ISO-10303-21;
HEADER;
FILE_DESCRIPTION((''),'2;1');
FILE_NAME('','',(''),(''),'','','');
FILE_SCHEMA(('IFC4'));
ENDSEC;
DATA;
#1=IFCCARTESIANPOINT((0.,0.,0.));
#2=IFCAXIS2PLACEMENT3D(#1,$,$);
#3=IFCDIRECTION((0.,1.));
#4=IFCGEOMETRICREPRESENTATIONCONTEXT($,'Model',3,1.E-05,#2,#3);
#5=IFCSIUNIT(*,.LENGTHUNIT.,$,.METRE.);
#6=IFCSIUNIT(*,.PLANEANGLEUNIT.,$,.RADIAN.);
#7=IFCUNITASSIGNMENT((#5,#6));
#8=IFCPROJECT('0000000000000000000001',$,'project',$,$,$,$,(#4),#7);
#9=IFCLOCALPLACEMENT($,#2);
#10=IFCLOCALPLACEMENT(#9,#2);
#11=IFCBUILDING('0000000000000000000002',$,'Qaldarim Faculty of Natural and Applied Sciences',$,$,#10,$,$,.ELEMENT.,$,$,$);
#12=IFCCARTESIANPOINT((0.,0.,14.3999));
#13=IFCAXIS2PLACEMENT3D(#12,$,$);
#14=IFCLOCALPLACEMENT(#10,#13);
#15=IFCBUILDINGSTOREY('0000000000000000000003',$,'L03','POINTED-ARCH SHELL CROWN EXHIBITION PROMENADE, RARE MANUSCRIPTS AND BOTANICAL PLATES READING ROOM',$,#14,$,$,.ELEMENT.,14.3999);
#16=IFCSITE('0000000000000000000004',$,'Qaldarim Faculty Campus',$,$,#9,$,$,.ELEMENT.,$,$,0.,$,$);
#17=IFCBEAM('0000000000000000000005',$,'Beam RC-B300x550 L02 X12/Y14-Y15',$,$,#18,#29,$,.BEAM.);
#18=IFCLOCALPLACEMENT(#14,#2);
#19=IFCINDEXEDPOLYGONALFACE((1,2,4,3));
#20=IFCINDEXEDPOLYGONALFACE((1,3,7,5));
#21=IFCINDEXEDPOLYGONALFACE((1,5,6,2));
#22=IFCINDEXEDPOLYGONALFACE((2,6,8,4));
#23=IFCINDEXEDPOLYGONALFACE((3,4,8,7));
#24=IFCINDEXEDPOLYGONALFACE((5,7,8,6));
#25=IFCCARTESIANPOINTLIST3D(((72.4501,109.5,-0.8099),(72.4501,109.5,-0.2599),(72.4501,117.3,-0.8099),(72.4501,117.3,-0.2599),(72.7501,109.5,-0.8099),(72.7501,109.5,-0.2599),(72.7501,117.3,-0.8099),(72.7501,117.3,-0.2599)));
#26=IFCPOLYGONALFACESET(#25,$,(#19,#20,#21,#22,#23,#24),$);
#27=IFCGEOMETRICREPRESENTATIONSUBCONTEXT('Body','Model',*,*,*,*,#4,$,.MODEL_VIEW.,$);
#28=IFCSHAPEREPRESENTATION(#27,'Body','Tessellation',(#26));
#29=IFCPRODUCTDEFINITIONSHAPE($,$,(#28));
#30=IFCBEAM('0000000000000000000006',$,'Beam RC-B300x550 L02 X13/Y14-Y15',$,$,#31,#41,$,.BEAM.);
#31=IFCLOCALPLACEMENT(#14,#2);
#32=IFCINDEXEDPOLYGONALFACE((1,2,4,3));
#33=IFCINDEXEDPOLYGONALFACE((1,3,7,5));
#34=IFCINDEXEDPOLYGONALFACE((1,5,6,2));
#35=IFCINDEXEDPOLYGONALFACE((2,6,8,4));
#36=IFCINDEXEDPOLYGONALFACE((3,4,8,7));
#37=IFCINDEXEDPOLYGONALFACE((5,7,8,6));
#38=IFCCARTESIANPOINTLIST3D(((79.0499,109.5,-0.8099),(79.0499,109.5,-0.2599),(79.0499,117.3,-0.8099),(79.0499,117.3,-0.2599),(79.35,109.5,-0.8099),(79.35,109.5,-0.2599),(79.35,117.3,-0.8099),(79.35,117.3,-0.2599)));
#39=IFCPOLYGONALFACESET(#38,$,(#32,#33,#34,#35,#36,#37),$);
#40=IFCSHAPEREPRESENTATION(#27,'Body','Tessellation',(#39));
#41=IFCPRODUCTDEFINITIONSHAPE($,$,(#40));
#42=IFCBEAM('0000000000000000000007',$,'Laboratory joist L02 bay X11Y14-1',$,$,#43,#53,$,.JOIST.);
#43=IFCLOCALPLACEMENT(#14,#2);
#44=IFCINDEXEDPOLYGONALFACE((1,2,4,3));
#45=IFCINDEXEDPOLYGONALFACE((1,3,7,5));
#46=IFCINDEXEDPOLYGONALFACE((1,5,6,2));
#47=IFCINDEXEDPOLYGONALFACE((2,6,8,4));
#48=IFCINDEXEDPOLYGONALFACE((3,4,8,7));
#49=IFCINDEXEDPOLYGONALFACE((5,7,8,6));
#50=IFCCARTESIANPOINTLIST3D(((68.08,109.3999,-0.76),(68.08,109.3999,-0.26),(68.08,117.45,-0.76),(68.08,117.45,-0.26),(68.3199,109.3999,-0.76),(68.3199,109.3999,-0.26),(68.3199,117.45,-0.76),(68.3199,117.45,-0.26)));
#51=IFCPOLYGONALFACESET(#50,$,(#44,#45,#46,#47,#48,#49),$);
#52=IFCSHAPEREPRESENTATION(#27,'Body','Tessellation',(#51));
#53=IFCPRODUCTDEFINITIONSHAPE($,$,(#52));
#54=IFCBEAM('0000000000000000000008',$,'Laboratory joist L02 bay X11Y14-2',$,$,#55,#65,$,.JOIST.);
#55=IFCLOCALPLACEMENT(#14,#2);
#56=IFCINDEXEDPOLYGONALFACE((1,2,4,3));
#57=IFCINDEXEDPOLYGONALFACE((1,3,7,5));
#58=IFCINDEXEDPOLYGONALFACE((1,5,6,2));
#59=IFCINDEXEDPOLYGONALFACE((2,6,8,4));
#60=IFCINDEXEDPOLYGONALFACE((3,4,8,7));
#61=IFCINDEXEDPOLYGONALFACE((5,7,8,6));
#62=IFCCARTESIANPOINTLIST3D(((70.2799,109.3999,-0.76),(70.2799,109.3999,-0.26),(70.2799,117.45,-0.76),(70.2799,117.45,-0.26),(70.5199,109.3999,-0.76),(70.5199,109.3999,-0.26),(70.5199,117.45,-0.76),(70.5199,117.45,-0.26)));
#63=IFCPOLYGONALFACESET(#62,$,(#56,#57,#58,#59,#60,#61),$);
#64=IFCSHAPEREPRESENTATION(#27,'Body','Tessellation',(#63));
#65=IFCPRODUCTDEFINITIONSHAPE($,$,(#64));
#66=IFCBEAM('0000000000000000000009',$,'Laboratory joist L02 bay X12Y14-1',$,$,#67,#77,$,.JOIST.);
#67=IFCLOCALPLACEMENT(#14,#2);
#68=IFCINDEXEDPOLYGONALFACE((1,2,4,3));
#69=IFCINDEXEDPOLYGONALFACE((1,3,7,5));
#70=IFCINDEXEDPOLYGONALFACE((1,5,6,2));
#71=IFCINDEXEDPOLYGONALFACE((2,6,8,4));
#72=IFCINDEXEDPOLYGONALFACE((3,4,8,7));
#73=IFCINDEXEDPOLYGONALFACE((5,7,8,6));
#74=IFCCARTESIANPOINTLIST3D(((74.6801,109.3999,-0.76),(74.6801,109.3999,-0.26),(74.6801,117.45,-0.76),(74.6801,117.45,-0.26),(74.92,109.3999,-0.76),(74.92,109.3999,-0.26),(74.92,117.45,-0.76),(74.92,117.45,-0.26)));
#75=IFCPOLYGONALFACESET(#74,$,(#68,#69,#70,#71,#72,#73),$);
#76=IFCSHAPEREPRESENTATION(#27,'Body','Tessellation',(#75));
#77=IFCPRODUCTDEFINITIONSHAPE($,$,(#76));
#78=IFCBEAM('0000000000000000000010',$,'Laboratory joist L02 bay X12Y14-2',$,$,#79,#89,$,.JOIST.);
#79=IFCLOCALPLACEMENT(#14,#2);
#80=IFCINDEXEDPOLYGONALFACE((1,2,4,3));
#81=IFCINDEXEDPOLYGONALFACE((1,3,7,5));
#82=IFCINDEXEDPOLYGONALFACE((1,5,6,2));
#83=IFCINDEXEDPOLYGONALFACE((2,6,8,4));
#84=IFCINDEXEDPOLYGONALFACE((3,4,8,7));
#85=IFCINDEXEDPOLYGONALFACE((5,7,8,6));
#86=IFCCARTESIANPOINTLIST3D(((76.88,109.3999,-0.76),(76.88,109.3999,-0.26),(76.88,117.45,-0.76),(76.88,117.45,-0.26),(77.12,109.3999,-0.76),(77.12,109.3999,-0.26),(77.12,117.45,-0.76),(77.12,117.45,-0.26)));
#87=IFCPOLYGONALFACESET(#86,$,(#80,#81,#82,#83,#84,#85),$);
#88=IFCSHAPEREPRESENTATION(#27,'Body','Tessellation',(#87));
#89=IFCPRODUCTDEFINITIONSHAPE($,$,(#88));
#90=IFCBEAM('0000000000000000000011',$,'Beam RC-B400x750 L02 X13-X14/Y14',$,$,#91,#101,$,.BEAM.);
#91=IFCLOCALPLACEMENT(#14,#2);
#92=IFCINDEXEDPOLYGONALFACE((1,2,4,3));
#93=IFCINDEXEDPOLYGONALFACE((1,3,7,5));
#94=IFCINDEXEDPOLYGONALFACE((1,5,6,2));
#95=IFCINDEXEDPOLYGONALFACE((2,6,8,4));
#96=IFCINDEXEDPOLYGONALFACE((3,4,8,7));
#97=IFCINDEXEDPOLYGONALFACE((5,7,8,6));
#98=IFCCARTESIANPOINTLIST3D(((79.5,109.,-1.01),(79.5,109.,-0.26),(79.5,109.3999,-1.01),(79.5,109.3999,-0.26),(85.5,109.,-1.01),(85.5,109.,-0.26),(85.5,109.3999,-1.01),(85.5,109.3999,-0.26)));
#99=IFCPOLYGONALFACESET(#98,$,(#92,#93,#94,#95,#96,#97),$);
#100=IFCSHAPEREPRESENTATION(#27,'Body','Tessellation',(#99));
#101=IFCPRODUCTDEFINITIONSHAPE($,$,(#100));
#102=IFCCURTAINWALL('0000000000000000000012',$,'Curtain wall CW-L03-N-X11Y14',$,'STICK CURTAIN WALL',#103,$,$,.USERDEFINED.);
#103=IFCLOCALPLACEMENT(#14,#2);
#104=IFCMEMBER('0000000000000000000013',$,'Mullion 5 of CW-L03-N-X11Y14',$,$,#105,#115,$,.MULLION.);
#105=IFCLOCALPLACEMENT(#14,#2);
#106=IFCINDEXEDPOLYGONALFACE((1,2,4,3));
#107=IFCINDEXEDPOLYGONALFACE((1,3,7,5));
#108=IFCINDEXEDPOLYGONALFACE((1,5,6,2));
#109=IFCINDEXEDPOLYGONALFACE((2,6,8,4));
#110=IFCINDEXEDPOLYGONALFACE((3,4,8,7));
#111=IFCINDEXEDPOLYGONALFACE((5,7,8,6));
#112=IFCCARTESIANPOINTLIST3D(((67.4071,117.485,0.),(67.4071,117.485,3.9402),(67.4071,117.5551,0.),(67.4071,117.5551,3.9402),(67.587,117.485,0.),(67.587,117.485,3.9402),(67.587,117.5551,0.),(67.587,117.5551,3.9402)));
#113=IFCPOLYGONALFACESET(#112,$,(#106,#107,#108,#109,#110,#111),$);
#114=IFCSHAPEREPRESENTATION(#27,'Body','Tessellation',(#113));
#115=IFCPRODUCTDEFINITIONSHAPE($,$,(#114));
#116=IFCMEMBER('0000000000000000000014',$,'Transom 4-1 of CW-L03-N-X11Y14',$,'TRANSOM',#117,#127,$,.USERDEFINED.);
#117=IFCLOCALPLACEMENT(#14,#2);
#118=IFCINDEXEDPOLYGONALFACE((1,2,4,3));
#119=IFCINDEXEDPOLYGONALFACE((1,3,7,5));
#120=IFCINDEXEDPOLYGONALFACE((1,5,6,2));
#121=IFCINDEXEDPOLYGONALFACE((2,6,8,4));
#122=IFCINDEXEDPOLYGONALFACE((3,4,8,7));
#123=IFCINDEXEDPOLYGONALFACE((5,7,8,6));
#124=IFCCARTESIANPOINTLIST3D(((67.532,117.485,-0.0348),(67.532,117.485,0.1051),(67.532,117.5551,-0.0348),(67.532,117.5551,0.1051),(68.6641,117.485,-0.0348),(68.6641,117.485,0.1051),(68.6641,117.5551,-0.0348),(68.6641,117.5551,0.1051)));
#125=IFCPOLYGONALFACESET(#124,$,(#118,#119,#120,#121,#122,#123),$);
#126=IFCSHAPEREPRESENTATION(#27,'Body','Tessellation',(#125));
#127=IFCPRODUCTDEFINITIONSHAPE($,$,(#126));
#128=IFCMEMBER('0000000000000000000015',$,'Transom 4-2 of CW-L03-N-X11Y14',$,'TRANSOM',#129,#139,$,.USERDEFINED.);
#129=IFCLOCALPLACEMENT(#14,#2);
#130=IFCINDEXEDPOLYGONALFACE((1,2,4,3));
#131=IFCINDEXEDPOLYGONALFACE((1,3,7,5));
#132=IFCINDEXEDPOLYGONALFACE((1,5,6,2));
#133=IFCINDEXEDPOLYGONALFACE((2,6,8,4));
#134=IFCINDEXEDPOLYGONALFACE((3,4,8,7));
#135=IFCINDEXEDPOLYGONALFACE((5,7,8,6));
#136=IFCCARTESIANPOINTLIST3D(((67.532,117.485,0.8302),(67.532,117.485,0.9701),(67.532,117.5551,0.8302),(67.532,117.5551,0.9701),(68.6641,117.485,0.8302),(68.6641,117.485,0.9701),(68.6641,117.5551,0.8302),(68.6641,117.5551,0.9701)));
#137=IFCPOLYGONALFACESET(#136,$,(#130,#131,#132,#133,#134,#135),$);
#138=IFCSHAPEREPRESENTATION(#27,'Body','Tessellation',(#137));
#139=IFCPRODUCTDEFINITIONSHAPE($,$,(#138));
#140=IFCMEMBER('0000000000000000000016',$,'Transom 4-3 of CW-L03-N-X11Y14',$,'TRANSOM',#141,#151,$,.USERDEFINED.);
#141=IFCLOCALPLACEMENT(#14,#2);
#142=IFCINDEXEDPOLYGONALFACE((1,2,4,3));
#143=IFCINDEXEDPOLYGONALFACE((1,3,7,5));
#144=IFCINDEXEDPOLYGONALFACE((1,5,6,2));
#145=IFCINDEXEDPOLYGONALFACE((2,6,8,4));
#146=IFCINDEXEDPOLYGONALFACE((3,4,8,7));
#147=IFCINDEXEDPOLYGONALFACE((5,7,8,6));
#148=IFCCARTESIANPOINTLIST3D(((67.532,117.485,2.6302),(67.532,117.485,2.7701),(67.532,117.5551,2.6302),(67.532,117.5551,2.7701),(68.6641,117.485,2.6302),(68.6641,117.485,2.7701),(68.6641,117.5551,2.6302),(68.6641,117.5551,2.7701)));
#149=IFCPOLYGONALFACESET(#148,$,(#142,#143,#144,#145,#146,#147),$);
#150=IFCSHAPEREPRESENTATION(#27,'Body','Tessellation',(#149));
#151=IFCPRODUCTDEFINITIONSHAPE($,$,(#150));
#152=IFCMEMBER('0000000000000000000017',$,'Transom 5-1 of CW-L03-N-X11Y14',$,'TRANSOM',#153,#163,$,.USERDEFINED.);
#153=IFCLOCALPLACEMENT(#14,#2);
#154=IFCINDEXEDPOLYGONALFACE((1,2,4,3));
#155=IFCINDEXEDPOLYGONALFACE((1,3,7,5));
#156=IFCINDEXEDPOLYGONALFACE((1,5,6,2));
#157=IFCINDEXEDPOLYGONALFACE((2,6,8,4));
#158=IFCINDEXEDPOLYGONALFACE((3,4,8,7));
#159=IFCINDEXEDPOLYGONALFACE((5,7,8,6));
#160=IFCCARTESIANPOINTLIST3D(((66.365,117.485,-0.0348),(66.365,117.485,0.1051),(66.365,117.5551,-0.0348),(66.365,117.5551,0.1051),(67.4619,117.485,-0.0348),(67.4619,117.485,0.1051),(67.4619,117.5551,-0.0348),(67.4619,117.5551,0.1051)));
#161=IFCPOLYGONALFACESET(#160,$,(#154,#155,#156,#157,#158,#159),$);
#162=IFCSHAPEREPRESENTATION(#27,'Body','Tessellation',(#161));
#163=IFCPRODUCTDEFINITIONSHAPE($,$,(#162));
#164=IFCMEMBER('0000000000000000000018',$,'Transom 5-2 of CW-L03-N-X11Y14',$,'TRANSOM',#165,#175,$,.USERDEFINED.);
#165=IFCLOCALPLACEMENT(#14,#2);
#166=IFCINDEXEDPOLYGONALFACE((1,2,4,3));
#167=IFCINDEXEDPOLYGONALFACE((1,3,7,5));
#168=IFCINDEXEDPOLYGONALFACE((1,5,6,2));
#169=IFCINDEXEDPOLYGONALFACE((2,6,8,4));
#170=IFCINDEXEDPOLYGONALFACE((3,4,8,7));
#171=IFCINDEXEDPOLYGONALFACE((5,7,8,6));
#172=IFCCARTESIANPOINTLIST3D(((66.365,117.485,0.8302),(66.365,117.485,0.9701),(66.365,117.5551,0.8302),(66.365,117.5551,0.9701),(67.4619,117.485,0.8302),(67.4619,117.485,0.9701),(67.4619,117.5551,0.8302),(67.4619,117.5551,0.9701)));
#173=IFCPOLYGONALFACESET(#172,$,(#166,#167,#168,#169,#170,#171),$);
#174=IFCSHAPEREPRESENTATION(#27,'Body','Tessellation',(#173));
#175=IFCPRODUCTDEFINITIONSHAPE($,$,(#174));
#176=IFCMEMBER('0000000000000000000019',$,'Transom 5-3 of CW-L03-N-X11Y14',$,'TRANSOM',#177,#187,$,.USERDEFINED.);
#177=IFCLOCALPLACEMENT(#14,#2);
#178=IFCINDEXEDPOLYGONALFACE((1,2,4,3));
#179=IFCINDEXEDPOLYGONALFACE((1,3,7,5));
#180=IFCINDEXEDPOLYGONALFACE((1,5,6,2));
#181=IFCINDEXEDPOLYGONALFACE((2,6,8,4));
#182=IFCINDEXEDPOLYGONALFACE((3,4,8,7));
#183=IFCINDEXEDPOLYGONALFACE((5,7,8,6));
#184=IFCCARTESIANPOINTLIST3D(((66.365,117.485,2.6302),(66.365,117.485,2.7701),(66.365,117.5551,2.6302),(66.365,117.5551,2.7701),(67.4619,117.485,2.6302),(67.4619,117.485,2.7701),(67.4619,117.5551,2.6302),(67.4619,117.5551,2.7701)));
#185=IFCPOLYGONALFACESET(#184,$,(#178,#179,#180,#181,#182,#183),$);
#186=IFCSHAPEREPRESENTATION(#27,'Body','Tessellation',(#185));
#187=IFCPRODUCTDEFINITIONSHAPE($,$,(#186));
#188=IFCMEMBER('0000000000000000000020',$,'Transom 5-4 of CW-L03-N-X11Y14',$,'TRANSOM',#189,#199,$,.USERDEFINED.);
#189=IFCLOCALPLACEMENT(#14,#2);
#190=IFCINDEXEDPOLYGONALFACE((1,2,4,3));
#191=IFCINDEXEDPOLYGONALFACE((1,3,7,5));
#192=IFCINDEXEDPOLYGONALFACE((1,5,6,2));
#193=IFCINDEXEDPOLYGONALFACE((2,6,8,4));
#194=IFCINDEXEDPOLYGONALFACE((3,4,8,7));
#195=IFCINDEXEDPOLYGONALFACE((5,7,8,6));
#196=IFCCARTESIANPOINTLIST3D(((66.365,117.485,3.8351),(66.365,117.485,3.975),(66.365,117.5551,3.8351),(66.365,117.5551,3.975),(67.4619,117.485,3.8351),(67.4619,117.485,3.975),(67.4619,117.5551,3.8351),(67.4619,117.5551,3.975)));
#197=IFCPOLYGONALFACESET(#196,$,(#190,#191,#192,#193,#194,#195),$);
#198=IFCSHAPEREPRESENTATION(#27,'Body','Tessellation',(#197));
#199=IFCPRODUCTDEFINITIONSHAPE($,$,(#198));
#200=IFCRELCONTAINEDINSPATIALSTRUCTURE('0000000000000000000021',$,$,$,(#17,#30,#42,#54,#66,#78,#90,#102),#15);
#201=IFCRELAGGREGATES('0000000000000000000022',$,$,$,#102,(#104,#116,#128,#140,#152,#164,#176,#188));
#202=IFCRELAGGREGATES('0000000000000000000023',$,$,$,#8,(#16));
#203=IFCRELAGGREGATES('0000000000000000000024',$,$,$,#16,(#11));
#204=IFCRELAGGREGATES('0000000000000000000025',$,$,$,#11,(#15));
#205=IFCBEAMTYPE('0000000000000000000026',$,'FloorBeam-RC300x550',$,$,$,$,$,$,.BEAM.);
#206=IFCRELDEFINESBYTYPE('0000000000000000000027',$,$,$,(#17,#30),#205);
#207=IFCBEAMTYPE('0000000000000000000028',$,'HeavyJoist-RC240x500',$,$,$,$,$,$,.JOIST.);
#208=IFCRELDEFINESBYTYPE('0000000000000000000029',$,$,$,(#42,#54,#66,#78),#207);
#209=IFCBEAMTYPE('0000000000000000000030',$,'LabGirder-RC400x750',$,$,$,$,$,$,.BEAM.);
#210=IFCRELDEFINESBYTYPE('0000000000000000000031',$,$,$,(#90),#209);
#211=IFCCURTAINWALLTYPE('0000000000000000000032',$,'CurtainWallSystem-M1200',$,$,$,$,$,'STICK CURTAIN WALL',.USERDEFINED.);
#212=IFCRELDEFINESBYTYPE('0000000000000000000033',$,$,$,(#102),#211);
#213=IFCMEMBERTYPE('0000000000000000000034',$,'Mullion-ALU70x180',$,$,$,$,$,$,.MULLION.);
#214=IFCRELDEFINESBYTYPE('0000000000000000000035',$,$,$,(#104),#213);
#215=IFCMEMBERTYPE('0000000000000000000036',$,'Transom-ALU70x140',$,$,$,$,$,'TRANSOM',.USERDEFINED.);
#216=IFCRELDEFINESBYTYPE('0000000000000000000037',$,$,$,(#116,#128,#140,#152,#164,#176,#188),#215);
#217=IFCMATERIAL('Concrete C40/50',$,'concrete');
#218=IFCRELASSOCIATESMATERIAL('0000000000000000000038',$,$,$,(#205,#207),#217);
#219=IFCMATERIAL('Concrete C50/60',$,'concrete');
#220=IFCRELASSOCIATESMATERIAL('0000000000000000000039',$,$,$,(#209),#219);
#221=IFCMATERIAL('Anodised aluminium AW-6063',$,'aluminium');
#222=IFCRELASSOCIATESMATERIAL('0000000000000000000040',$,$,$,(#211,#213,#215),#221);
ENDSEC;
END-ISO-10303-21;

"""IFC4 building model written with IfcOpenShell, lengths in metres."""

from ifc_helpers import new_model, si_unit, direction, frame, origin, origin_2d, place, context, subcontext, project, spatial, rectangle, extrude, material, material_profile, profile_set, type_object, element, aggregate, save


model = new_model("IFC4")

# Units and contexts
model_context = context("Model", 3, precision=1e-05, world=origin(), true_north=direction((0.0, 1.0)))
body_context = subcontext(model_context, "Body", "Model", "MODEL_VIEW")
ifc_project = project(units=[si_unit("LENGTHUNIT", "METRE"), si_unit("PLANEANGLEUNIT", "RADIAN")], contexts=[model_context])

# Site, building, storey
site_placement = place(None, origin())
site = spatial("IfcSite", under=ifc_project, at=site_placement, Name="Qaldarim Faculty Campus", CompositionType="ELEMENT", RefElevation=0.0)
building_placement = place(site_placement, origin())
building = spatial("IfcBuilding", under=site, at=building_placement, Name="Qaldarim Faculty of Natural and Applied Sciences", CompositionType="ELEMENT")
storey_placement = place(building_placement, frame((0.0, 0.0, 14.3999)))
storey = spatial("IfcBuildingStorey", under=building, at=storey_placement, Name="L03", Description="POINTED-ARCH SHELL CROWN EXHIBITION PROMENADE, RARE MANUSCRIPTS AND BOTANICAL PLATES READING ROOM", CompositionType="ELEMENT", Elevation=14.3999)

# Beams
ifc_material_1 = material(Name="Concrete C40/50", Category="concrete")
ifc_material_profile_1 = material_profile(ifc_material_1, rectangle(XDim=0.3, YDim=0.55, at=origin_2d()), Name="RC-B300x550")
ifc_profile_set_1 = profile_set([ifc_material_profile_1], Name="Concrete C40/50")
beam_type_1 = type_object("IfcBeamType", Name="FloorBeam-RC300x550", PredefinedType="BEAM", material=ifc_profile_set_1)
for number, where, z_axis, x_axis, name in (
    (1, (72.6001, 109.5, -0.5349), (0.0, 1.0, 0.0), (-1.0, 0.0, 0.0), "Beam RC-B300x550 L02 X12/Y14-Y15"),
    (2, (79.2, 109.5, -0.5349), (0.0, 1.0, 0.0), (-1.0, 0.0, 0.0), "Beam RC-B300x550 L02 X13/Y14-Y15"),
):
    element("IfcBeam", number, at=place(storey_placement, frame(where, z_axis=z_axis, x_axis=x_axis)), inside=storey, type_object=beam_type_1, Name=name, PredefinedType="BEAM", context=body_context, shape_type="SweptSolid", body=[
        extrude(rectangle(XDim=0.3, YDim=0.55, at=origin_2d()), origin(), (0.0, 0.0, 1.0), 7.8),
    ])
ifc_material_profile_2 = material_profile(ifc_material_1, rectangle(XDim=0.24, YDim=0.5, at=origin_2d()), Name="RC-J240x500")
ifc_profile_set_2 = profile_set([ifc_material_profile_2], Name="Concrete C40/50")
beam_type_2 = type_object("IfcBeamType", Name="HeavyJoist-RC240x500", PredefinedType="JOIST", material=ifc_profile_set_2)
for number, where, z_axis, x_axis, name in (
    (3, (68.2, 109.3999, -0.51), (0.0, 1.0, 0.0), (-1.0, 0.0, 0.0), "Laboratory joist L02 bay X11Y14-1"),
    (4, (70.3999, 109.3999, -0.51), (0.0, 1.0, 0.0), (-1.0, 0.0, 0.0), "Laboratory joist L02 bay X11Y14-2"),
    (5, (74.8, 109.3999, -0.51), (0.0, 1.0, 0.0), (-1.0, 0.0, 0.0), "Laboratory joist L02 bay X12Y14-1"),
    (6, (77.0, 109.3999, -0.51), (0.0, 1.0, 0.0), (-1.0, 0.0, 0.0), "Laboratory joist L02 bay X12Y14-2"),
):
    element("IfcBeam", number, at=place(storey_placement, frame(where, z_axis=z_axis, x_axis=x_axis)), inside=storey, type_object=beam_type_2, Name=name, PredefinedType="JOIST", context=body_context, shape_type="SweptSolid", body=[
        extrude(rectangle(XDim=0.24, YDim=0.5, at=origin_2d()), origin(), (0.0, 0.0, 1.0), 8.05),
    ])
ifc_material_2 = material(Name="Concrete C50/60", Category="concrete")
ifc_material_profile_3 = material_profile(ifc_material_2, rectangle(XDim=0.3999, YDim=0.75, at=origin_2d()), Name="RC-B400x750")
ifc_profile_set_3 = profile_set([ifc_material_profile_3], Name="Concrete C50/60")
beam_type_3 = type_object("IfcBeamType", Name="LabGirder-RC400x750", PredefinedType="BEAM", material=ifc_profile_set_3)
beam_placement = place(storey_placement, frame((79.5, 109.2, -0.635), z_axis=(1.0, 0.0, 0.0), x_axis=(0.0, 1.0, 0.0)))
element("IfcBeam", 7, at=beam_placement, inside=storey, type_object=beam_type_3, Name="Beam RC-B400x750 L02 X13-X14/Y14", PredefinedType="BEAM", context=body_context, shape_type="SweptSolid", body=[
    extrude(rectangle(XDim=0.3999, YDim=0.75, at=origin_2d()), origin(), (0.0, 0.0, 1.0), 6.0),
])

# Curtain wall, members
ifc_material_3 = material(Name="Anodised aluminium AW-6063", Category="aluminium")
curtain_wall_type = type_object("IfcCurtainWallType", Name="CurtainWallSystem-M1200", ElementType="STICK CURTAIN WALL", PredefinedType="USERDEFINED", material=ifc_material_3)
curtain_wall_placement = place(storey_placement, origin())
curtain_wall = element("IfcCurtainWall", 8, at=curtain_wall_placement, inside=storey, type_object=curtain_wall_type, Name="Curtain wall CW-L03-N-X11Y14", ObjectType="STICK CURTAIN WALL", PredefinedType="USERDEFINED")
ifc_material_profile_4 = material_profile(ifc_material_3, rectangle(XDim=0.0701, YDim=0.1799, at=origin_2d()), Name="ALU-M70x180")
ifc_profile_set_4 = profile_set([ifc_material_profile_4], Name="Anodised aluminium AW-6063")
member_type_1 = type_object("IfcMemberType", Name="Mullion-ALU70x180", PredefinedType="MULLION", material=ifc_profile_set_4)
member_1_placement = place(storey_placement, frame((67.4971, 117.52, 0.0), z_axis=(0.0, 0.0, 1.0), x_axis=(0.0, -1.0, 0.0)))
member_1 = element("IfcMember", 9, at=member_1_placement, type_object=member_type_1, Name="Mullion 5 of CW-L03-N-X11Y14", PredefinedType="MULLION", context=body_context, shape_type="SweptSolid", body=[
    extrude(rectangle(XDim=0.0701, YDim=0.1799, at=origin_2d()), origin(), (0.0, 0.0, 1.0), 3.9402),
])
ifc_material_profile_5 = material_profile(ifc_material_3, rectangle(XDim=0.0701, YDim=0.1399, at=origin_2d()), Name="ALU-T70x140")
ifc_profile_set_5 = profile_set([ifc_material_profile_5], Name="Anodised aluminium AW-6063")
member_type_2 = type_object("IfcMemberType", Name="Transom-ALU70x140", ElementType="TRANSOM", PredefinedType="USERDEFINED", material=ifc_profile_set_5)
member_2_placement = place(storey_placement, frame((68.6641, 117.52, 0.0352), z_axis=(-1.0, 0.0, 0.0), x_axis=(0.0, -1.0, 0.0)))
member_2 = element("IfcMember", 10, at=member_2_placement, type_object=member_type_2, Name="Transom 4-1 of CW-L03-N-X11Y14", ObjectType="TRANSOM", PredefinedType="USERDEFINED", context=body_context, shape_type="SweptSolid", body=[
    extrude(rectangle(XDim=0.0701, YDim=0.1399, at=origin_2d()), origin(), (0.0, 0.0, 1.0), 1.1321),
])
member_3_placement = place(storey_placement, frame((68.6641, 117.52, 0.9001), z_axis=(-1.0, 0.0, 0.0), x_axis=(0.0, -1.0, 0.0)))
member_3 = element("IfcMember", 11, at=member_3_placement, type_object=member_type_2, Name="Transom 4-2 of CW-L03-N-X11Y14", ObjectType="TRANSOM", PredefinedType="USERDEFINED", context=body_context, shape_type="SweptSolid", body=[
    extrude(rectangle(XDim=0.0701, YDim=0.1399, at=origin_2d()), origin(), (0.0, 0.0, 1.0), 1.1321),
])
member_4_placement = place(storey_placement, frame((68.6641, 117.52, 2.7002), z_axis=(-1.0, 0.0, 0.0), x_axis=(0.0, -1.0, 0.0)))
member_4 = element("IfcMember", 12, at=member_4_placement, type_object=member_type_2, Name="Transom 4-3 of CW-L03-N-X11Y14", ObjectType="TRANSOM", PredefinedType="USERDEFINED", context=body_context, shape_type="SweptSolid", body=[
    extrude(rectangle(XDim=0.0701, YDim=0.1399, at=origin_2d()), origin(), (0.0, 0.0, 1.0), 1.1321),
])
member_5_placement = place(storey_placement, frame((67.4619, 117.52, 0.0352), z_axis=(-1.0, 0.0, 0.0), x_axis=(0.0, -1.0, 0.0)))
member_5 = element("IfcMember", 13, at=member_5_placement, type_object=member_type_2, Name="Transom 5-1 of CW-L03-N-X11Y14", ObjectType="TRANSOM", PredefinedType="USERDEFINED", context=body_context, shape_type="SweptSolid", body=[
    extrude(rectangle(XDim=0.0701, YDim=0.1399, at=origin_2d()), origin(), (0.0, 0.0, 1.0), 1.0969),
])
member_6_placement = place(storey_placement, frame((67.4619, 117.52, 0.9001), z_axis=(-1.0, 0.0, 0.0), x_axis=(0.0, -1.0, 0.0)))
member_6 = element("IfcMember", 14, at=member_6_placement, type_object=member_type_2, Name="Transom 5-2 of CW-L03-N-X11Y14", ObjectType="TRANSOM", PredefinedType="USERDEFINED", context=body_context, shape_type="SweptSolid", body=[
    extrude(rectangle(XDim=0.0701, YDim=0.1399, at=origin_2d()), origin(), (0.0, 0.0, 1.0), 1.0969),
])
member_7_placement = place(storey_placement, frame((67.4619, 117.52, 2.7002), z_axis=(-1.0, 0.0, 0.0), x_axis=(0.0, -1.0, 0.0)))
member_7 = element("IfcMember", 15, at=member_7_placement, type_object=member_type_2, Name="Transom 5-3 of CW-L03-N-X11Y14", ObjectType="TRANSOM", PredefinedType="USERDEFINED", context=body_context, shape_type="SweptSolid", body=[
    extrude(rectangle(XDim=0.0701, YDim=0.1399, at=origin_2d()), origin(), (0.0, 0.0, 1.0), 1.0969),
])
member_8_placement = place(storey_placement, frame((67.4619, 117.52, 3.905), z_axis=(-1.0, 0.0, 0.0), x_axis=(0.0, -1.0, 0.0)))
member_8 = element("IfcMember", 16, at=member_8_placement, type_object=member_type_2, Name="Transom 5-4 of CW-L03-N-X11Y14", ObjectType="TRANSOM", PredefinedType="USERDEFINED", context=body_context, shape_type="SweptSolid", body=[
    extrude(rectangle(XDim=0.0701, YDim=0.1399, at=origin_2d()), origin(), (0.0, 0.0, 1.0), 1.0969),
])
aggregate(curtain_wall, [member_1, member_2, member_3, member_4, member_5, member_6, member_7, member_8])

save(model, "model.ifc")
